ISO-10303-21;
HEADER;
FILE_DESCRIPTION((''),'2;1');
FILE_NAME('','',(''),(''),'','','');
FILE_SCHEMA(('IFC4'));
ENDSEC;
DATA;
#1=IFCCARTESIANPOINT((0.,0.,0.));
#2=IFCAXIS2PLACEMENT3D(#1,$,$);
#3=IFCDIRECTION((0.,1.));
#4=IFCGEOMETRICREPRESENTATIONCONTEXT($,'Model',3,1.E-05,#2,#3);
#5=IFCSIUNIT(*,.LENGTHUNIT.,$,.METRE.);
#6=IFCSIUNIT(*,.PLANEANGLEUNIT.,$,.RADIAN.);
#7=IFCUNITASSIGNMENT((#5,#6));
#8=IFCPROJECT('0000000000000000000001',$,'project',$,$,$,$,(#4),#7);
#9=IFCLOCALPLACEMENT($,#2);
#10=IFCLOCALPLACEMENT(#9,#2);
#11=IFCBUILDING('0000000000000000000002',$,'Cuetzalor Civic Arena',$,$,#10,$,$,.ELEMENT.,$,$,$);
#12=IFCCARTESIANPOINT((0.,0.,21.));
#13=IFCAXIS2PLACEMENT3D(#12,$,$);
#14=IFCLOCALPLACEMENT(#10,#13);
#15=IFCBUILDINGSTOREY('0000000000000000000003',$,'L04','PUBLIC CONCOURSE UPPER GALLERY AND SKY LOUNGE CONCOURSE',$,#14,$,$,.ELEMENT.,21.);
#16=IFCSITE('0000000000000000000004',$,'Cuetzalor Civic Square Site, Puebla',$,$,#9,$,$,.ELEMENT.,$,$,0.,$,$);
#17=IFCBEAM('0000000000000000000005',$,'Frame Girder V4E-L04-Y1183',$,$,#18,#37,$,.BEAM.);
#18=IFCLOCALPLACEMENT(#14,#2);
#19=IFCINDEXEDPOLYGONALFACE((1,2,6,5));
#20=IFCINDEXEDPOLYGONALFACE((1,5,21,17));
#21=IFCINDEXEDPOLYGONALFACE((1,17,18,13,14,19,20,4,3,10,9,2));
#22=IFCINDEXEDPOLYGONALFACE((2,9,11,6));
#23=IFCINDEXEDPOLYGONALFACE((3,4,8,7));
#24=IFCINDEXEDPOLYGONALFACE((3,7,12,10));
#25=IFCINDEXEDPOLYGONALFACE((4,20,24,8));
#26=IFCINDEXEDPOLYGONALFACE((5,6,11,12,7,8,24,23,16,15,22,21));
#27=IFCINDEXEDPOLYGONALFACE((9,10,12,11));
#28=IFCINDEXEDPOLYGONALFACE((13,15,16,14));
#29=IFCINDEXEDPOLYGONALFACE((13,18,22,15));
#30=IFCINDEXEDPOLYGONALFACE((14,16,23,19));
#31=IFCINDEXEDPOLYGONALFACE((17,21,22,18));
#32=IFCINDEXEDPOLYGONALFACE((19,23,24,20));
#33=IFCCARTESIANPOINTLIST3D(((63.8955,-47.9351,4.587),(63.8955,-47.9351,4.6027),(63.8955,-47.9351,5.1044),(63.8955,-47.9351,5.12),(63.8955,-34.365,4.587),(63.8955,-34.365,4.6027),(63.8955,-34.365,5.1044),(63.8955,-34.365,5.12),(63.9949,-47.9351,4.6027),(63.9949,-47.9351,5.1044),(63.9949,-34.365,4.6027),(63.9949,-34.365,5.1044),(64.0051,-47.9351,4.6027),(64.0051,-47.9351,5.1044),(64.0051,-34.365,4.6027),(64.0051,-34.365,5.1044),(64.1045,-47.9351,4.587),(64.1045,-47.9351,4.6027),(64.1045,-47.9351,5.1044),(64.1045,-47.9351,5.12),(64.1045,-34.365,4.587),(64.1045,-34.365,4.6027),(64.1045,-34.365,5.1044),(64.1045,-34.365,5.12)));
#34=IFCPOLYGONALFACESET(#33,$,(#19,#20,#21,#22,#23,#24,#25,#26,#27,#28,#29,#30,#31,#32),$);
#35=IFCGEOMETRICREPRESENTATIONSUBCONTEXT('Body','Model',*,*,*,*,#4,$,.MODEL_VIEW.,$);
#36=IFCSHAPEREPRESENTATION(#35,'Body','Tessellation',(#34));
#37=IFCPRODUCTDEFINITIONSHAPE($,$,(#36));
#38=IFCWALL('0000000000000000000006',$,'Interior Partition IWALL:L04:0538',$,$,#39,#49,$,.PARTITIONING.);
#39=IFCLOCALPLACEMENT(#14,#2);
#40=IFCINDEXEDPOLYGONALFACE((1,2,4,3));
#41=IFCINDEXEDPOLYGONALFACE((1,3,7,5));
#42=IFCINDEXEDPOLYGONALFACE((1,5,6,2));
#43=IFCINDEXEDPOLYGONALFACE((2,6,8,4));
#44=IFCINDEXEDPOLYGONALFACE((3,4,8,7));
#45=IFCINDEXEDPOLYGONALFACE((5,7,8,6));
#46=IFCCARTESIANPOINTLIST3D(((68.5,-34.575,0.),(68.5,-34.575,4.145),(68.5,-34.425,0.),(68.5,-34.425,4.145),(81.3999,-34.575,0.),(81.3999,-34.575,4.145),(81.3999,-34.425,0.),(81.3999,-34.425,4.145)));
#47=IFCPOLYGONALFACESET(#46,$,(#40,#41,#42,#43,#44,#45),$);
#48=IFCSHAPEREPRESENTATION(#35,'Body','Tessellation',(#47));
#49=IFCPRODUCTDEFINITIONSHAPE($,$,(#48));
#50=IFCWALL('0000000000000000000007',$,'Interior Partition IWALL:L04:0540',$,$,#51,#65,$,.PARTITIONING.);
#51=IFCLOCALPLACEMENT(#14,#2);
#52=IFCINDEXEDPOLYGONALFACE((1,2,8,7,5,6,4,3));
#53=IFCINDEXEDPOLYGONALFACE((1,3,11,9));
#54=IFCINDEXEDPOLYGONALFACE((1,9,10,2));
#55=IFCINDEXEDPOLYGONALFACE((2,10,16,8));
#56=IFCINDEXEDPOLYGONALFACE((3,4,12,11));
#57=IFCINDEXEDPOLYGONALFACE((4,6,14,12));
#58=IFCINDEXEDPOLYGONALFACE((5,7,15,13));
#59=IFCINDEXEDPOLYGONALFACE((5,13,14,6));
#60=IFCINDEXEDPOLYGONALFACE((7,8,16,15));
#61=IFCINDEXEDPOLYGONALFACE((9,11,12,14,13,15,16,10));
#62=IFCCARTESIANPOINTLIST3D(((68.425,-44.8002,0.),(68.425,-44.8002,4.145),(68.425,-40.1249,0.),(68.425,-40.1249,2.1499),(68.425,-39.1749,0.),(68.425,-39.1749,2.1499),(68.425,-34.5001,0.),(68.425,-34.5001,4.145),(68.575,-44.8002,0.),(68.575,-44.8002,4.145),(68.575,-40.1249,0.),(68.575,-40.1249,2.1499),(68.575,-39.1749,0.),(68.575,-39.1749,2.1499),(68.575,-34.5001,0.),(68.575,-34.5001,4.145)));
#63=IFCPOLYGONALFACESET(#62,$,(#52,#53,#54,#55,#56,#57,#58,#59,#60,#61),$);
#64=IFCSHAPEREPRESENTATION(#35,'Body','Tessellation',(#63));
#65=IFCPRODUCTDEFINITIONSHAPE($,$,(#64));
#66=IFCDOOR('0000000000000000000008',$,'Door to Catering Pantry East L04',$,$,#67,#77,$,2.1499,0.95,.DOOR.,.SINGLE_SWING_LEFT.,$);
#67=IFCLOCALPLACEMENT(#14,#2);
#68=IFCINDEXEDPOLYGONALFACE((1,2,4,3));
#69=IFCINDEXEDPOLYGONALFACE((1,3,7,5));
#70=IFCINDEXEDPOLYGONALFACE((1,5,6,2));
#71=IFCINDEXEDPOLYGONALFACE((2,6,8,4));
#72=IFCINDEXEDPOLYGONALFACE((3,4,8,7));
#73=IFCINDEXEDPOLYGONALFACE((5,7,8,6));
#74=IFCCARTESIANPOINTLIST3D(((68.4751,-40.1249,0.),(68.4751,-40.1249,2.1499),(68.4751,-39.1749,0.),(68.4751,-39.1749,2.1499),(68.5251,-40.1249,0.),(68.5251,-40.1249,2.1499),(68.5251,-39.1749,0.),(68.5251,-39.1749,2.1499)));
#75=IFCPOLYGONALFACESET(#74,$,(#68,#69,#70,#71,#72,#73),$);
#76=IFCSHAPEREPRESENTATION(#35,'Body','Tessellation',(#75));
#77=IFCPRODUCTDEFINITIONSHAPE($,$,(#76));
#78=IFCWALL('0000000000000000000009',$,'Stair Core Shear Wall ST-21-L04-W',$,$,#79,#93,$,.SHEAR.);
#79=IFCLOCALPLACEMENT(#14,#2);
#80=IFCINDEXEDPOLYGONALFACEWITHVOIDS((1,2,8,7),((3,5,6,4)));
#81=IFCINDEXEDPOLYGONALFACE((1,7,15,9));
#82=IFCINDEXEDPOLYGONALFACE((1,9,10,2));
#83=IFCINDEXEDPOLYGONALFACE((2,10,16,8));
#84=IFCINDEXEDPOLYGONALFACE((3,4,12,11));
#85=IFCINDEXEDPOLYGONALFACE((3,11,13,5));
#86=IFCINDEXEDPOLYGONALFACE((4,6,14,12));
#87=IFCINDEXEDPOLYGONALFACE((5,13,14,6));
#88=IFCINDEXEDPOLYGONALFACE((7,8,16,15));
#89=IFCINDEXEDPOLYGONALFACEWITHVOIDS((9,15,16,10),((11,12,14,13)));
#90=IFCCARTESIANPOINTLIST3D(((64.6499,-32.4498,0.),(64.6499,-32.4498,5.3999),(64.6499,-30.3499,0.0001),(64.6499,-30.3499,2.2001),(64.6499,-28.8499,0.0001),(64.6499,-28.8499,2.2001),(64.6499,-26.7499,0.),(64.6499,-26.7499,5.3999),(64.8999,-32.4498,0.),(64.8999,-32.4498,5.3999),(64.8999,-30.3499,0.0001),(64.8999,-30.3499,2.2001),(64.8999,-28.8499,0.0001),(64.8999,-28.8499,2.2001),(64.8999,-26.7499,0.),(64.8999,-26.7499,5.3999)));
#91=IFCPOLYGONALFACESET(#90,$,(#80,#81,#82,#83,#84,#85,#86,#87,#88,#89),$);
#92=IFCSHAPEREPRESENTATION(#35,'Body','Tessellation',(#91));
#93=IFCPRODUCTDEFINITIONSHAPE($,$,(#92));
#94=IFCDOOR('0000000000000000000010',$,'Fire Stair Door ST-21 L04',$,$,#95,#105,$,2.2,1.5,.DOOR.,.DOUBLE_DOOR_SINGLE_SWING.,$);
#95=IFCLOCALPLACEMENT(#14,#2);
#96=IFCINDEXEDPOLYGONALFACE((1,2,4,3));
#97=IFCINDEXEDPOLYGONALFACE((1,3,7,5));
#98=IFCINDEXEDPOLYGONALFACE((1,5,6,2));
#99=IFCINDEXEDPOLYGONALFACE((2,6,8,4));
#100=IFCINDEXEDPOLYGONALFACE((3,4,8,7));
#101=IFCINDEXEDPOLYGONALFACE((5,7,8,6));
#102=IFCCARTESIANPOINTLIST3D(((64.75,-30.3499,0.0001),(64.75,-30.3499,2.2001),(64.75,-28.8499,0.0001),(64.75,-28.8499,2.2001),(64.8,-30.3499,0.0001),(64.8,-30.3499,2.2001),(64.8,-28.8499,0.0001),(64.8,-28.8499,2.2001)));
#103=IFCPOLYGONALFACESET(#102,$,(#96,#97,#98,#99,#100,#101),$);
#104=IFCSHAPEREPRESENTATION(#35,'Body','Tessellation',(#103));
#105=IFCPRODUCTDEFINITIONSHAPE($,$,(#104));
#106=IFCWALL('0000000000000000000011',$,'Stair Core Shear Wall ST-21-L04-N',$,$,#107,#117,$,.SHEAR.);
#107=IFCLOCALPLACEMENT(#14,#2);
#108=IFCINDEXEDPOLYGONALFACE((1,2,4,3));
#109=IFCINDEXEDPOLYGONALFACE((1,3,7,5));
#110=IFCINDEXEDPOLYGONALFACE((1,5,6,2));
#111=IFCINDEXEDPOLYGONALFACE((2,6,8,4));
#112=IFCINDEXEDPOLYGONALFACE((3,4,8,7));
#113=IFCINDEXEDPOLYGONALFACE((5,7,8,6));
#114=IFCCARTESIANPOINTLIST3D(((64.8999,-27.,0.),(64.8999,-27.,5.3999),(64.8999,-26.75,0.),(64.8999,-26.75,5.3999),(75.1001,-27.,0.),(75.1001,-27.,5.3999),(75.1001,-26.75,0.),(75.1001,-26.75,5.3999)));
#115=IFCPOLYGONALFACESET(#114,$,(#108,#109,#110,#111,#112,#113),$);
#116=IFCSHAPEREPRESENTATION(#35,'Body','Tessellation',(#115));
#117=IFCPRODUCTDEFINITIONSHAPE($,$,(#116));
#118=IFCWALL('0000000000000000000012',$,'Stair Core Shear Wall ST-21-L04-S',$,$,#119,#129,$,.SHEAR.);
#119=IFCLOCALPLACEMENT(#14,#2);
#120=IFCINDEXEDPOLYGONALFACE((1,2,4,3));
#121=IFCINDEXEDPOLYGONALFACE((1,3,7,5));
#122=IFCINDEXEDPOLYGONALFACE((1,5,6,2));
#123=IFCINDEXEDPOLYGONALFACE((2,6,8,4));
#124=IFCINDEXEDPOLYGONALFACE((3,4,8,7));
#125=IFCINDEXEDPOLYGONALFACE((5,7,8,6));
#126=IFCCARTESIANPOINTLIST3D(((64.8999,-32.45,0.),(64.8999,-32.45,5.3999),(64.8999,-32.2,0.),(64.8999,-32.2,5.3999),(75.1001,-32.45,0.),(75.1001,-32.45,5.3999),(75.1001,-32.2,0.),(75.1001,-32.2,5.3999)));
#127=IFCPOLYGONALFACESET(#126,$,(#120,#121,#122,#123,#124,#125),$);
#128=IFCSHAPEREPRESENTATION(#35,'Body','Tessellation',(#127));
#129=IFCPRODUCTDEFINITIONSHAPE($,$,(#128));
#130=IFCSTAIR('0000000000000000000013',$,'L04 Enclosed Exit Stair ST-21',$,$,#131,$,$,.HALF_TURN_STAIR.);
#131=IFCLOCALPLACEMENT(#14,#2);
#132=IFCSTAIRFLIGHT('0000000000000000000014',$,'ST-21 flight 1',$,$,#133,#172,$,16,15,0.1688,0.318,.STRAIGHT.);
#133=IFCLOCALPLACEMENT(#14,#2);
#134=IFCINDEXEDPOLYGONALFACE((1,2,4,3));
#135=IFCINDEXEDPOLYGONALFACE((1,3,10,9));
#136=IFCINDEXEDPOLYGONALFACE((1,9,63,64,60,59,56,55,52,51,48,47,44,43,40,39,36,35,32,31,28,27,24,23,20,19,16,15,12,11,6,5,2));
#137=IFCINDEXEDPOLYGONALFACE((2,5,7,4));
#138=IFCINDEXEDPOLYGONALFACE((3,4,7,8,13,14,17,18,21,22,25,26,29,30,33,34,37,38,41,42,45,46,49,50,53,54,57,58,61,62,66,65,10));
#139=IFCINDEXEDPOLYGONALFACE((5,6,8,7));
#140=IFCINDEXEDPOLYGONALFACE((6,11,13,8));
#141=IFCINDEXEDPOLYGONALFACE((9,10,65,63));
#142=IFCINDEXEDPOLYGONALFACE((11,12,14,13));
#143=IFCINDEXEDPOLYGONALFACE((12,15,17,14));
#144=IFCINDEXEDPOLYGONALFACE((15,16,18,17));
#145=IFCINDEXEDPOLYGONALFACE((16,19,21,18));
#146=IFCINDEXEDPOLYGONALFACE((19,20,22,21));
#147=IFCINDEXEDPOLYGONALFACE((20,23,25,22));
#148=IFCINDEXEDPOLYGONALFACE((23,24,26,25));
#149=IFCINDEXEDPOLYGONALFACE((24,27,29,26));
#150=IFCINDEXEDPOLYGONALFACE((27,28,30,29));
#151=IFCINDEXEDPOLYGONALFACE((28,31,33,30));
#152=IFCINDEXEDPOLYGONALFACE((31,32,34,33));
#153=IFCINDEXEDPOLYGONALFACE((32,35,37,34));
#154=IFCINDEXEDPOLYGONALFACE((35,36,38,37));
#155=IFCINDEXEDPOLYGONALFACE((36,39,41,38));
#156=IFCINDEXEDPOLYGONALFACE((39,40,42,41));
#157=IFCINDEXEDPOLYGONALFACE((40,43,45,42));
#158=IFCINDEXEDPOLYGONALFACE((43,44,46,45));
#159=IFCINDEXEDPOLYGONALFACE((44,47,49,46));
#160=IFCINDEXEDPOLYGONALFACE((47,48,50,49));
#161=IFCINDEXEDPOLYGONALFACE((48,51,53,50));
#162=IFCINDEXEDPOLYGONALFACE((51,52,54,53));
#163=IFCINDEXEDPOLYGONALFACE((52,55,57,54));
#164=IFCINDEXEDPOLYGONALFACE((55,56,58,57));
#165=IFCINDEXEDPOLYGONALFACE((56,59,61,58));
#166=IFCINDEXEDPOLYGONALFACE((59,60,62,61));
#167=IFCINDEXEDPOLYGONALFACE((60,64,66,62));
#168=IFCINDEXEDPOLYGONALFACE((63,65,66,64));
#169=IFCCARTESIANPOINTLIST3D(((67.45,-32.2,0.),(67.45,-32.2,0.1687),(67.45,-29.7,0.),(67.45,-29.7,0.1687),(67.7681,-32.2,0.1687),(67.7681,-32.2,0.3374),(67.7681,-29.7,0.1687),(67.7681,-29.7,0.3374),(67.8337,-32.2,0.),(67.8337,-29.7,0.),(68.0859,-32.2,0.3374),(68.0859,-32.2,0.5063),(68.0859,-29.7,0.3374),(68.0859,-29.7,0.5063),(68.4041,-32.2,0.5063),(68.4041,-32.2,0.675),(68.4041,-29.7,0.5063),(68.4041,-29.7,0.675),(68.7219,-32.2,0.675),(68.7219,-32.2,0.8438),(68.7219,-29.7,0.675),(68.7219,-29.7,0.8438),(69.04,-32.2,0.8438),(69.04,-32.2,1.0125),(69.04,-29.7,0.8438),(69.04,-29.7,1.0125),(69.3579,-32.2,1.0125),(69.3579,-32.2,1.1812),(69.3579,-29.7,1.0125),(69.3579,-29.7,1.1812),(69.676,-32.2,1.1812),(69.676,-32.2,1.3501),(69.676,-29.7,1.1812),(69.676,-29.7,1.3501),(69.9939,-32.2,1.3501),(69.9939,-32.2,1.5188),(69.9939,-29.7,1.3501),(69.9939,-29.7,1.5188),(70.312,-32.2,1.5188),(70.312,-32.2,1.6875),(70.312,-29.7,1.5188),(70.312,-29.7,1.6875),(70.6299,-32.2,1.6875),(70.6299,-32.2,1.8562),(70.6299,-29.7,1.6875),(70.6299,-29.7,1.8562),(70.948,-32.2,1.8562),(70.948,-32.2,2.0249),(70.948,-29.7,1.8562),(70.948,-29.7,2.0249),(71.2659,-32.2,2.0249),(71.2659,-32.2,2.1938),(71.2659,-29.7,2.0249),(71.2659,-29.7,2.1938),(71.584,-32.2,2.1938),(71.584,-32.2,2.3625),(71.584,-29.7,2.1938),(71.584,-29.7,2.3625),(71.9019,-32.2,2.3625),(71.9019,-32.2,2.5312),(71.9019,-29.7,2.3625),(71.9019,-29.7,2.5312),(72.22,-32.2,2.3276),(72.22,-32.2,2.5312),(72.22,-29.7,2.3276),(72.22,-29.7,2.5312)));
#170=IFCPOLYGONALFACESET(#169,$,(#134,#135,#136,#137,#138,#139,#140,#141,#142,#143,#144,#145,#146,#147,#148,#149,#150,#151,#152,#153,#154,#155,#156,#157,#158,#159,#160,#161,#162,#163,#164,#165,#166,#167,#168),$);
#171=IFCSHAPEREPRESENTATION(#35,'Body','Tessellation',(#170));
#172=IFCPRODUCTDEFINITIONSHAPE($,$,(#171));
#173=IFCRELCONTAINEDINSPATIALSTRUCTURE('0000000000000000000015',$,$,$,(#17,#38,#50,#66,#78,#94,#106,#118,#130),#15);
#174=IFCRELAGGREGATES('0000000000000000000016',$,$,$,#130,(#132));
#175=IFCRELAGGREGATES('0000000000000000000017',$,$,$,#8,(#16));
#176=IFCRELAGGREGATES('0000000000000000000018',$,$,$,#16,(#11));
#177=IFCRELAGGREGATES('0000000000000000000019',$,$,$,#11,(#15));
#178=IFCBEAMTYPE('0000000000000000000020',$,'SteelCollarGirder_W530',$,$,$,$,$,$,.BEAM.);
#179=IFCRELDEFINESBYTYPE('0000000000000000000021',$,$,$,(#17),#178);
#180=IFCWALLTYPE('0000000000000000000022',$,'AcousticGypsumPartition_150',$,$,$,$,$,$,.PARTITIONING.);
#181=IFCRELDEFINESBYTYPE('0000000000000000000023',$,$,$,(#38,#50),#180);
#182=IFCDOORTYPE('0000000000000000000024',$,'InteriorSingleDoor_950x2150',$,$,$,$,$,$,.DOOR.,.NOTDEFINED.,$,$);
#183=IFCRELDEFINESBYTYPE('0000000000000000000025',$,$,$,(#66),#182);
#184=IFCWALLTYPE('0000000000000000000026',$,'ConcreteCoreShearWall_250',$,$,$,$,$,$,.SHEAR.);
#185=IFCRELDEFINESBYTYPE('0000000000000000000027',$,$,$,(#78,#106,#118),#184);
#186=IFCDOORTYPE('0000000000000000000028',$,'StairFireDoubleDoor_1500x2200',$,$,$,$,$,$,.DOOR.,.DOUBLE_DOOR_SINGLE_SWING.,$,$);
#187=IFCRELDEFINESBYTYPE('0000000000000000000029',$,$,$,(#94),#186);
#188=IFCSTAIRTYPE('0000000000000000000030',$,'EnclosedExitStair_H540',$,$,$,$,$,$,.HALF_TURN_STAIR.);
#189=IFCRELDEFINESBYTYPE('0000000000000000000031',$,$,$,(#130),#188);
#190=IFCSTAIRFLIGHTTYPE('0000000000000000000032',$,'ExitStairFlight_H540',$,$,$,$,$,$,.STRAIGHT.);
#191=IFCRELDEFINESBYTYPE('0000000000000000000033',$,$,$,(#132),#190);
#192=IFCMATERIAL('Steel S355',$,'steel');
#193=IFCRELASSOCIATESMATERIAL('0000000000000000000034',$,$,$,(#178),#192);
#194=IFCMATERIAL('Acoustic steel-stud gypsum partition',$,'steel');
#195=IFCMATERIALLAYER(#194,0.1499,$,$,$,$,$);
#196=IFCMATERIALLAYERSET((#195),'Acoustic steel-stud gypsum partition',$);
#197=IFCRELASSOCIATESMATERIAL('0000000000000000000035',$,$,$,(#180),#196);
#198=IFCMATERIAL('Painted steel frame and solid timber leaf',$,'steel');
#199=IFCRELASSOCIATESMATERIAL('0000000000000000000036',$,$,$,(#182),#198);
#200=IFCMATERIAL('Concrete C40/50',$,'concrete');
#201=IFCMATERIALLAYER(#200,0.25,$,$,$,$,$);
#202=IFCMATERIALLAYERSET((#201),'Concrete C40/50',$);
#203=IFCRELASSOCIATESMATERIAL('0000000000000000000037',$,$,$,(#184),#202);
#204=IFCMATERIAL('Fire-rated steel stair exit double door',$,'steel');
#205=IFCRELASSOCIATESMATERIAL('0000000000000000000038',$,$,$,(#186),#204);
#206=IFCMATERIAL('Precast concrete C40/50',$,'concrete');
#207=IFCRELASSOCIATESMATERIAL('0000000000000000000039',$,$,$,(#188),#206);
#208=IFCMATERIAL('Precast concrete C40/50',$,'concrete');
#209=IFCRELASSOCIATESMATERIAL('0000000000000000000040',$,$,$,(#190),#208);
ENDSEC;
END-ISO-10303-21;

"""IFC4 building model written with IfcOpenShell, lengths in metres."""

from ifc_helpers import new_model, si_unit, direction, frame, frame_2d, origin, origin_2d, place, context, subcontext, project, spatial, polyline, rectangle, i_section, outline, extrude, material, layer, layer_set, material_profile, profile_set, type_object, element, fill, aggregate, save


model = new_model("IFC4")

# Units and contexts
model_context = context("Model", 3, precision=1e-05, world=origin(), true_north=direction((0.0, 1.0)))
body_context = subcontext(model_context, "Body", "Model", "MODEL_VIEW")
ifc_project = project(units=[si_unit("LENGTHUNIT", "METRE"), si_unit("PLANEANGLEUNIT", "RADIAN")], contexts=[model_context])

# Site, building, storey
site_placement = place(None, origin())
site = spatial("IfcSite", under=ifc_project, at=site_placement, Name="Cuetzalor Civic Square Site, Puebla", CompositionType="ELEMENT", RefElevation=0.0)
building_placement = place(site_placement, origin())
building = spatial("IfcBuilding", under=site, at=building_placement, Name="Cuetzalor Civic Arena", CompositionType="ELEMENT")
storey_placement = place(building_placement, frame((0.0, 0.0, 21.0)))
storey = spatial("IfcBuildingStorey", under=building, at=storey_placement, Name="L04", Description="PUBLIC CONCOURSE UPPER GALLERY AND SKY LOUNGE CONCOURSE", CompositionType="ELEMENT", Elevation=21.0)

# Beam
ifc_material_1 = material(Name="Steel S355", Category="steel")
ifc_material_profile_1 = material_profile(ifc_material_1, i_section(OverallWidth=0.209, OverallDepth=0.533, WebThickness=0.0103, FlangeThickness=0.0156, at=origin_2d()), Name="W530x92")
ifc_profile_set_1 = profile_set([ifc_material_profile_1], Name="Steel S355")
beam_type_1 = type_object("IfcBeamType", Name="SteelCollarGirder_W530", PredefinedType="BEAM", material=ifc_profile_set_1)
beam_1_placement = place(storey_placement, frame((64.0, -47.9351, 4.8535), z_axis=(0.0, 1.0, 0.0), x_axis=(-1.0, 0.0, 0.0)))
element("IfcBeam", 1, at=beam_1_placement, inside=storey, type_object=beam_type_1, Name="Frame Girder V4E-L04-Y1183", PredefinedType="BEAM", context=body_context, shape_type="SweptSolid", body=[
    extrude(i_section(OverallWidth=0.209, OverallDepth=0.533, WebThickness=0.0103, FlangeThickness=0.0156, at=origin_2d()), origin(), (0.0, 0.0, 1.0), 13.5701),
])

# Wall
ifc_material_2 = material(Name="Acoustic steel-stud gypsum partition", Category="steel")
ifc_layer_1 = layer(ifc_material_2, 0.1499)
ifc_layer_set_1 = layer_set([ifc_layer_1], Name="Acoustic steel-stud gypsum partition")
wall_type_1 = type_object("IfcWallType", Name="AcousticGypsumPartition_150", PredefinedType="PARTITIONING", material=ifc_layer_set_1)
wall_1_placement = place(storey_placement, frame((68.5, -34.5, 0.0), z_axis=(0.0, 0.0, 1.0), x_axis=(1.0, 0.0, 0.0)))
element("IfcWall", 2, at=wall_1_placement, inside=storey, type_object=wall_type_1, Name="Interior Partition IWALL:L04:0538", PredefinedType="PARTITIONING", context=body_context, shape_type="SweptSolid", body=[
    extrude(rectangle(XDim=12.8999, YDim=0.1499, at=frame_2d((6.45, 0.0))), origin(), (0.0, 0.0, 1.0), 4.145),
])

# Walls, openings, doors
wall_2_placement = place(storey_placement, frame((68.5, -44.8, 0.0), z_axis=(0.0, 0.0, 1.0), x_axis=(0.0, 1.0, 0.0)))
wall_2 = element("IfcWall", 3, at=wall_2_placement, inside=storey, type_object=wall_type_1, Name="Interior Partition IWALL:L04:0540", PredefinedType="PARTITIONING", context=body_context, shape_type="SweptSolid", body=[
    extrude(rectangle(XDim=10.3, YDim=0.1499, at=frame_2d((5.1499, 0.0))), origin(), (0.0, 0.0, 1.0), 4.145),
])
opening_1_placement = place(wall_2_placement, frame((4.675, 0.0, 0.0)))
opening_1 = element("IfcOpeningElement", 4, at=opening_1_placement, cuts=wall_2, PredefinedType="OPENING", context=body_context, shape_type="SweptSolid", body=[
    extrude(rectangle(XDim=0.95, YDim=2.1499, at=frame_2d((0.4751, 1.075))), frame((0.0, 0.085, 0.0), z_axis=(0.0, -1.0, 0.0), x_axis=(1.0, 0.0, 0.0)), (0.0, 0.0, 1.0), 0.1699),
])
ifc_material_3 = material(Name="Painted steel frame and solid timber leaf", Category="steel")
door_type_1 = type_object("IfcDoorType", Name="InteriorSingleDoor_950x2150", OperationType="NOTDEFINED", PredefinedType="DOOR", material=ifc_material_3)
door_1_placement = place(opening_1_placement, origin())
door_1 = element("IfcDoor", 5, at=door_1_placement, inside=storey, type_object=door_type_1, Name="Door to Catering Pantry East L04", OperationType="SINGLE_SWING_LEFT", OverallHeight=2.1499, OverallWidth=0.95, PredefinedType="DOOR", context=body_context, shape_type="SweptSolid", body=[
    extrude(rectangle(XDim=0.95, YDim=2.1499, at=frame_2d((0.4751, 1.075))), frame((0.0, 0.0249, 0.0), z_axis=(0.0, -1.0, 0.0), x_axis=(1.0, 0.0, 0.0)), (0.0, 0.0, 1.0), 0.05),
])
fill(opening_1, door_1)
ifc_material_4 = material(Name="Concrete C40/50", Category="concrete")
ifc_layer_2 = layer(ifc_material_4, 0.25)
ifc_layer_set_2 = layer_set([ifc_layer_2], Name="Concrete C40/50")
wall_type_2 = type_object("IfcWallType", Name="ConcreteCoreShearWall_250", PredefinedType="SHEAR", material=ifc_layer_set_2)
wall_3_placement = place(storey_placement, frame((64.7749, -32.45, 0.0), z_axis=(0.0, 0.0, 1.0), x_axis=(0.0, 1.0, 0.0)))
wall_3 = element("IfcWall", 6, at=wall_3_placement, inside=storey, type_object=wall_type_2, Name="Stair Core Shear Wall ST-21-L04-W", PredefinedType="SHEAR", context=body_context, shape_type="SweptSolid", body=[
    extrude(rectangle(XDim=5.7, YDim=0.25, at=frame_2d((2.8501, 0.0))), origin(), (0.0, 0.0, 1.0), 5.3999),
])
opening_2_placement = place(wall_3_placement, frame((2.1001, 0.0, 0.0)))
opening_2 = element("IfcOpeningElement", 7, at=opening_2_placement, cuts=wall_3, PredefinedType="OPENING", context=body_context, shape_type="SweptSolid", body=[
    extrude(rectangle(XDim=1.5, YDim=2.2, at=frame_2d((0.75, 1.1001))), frame((0.0, 0.135, 0.0), z_axis=(0.0, -1.0, 0.0), x_axis=(1.0, 0.0, 0.0)), (0.0, 0.0, 1.0), 0.27),
])
ifc_material_5 = material(Name="Fire-rated steel stair exit double door", Category="steel")
door_type_2 = type_object("IfcDoorType", Name="StairFireDoubleDoor_1500x2200", OperationType="DOUBLE_DOOR_SINGLE_SWING", PredefinedType="DOOR", material=ifc_material_5)
door_2_placement = place(opening_2_placement, origin())
door_2 = element("IfcDoor", 8, at=door_2_placement, inside=storey, type_object=door_type_2, Name="Fire Stair Door ST-21 L04", OperationType="DOUBLE_DOOR_SINGLE_SWING", OverallHeight=2.2, OverallWidth=1.5, PredefinedType="DOOR", context=body_context, shape_type="SweptSolid", body=[
    extrude(rectangle(XDim=1.5, YDim=2.2, at=frame_2d((0.75, 1.1001))), frame((0.0, 0.0249, 0.0), z_axis=(0.0, -1.0, 0.0), x_axis=(1.0, 0.0, 0.0)), (0.0, 0.0, 1.0), 0.05),
])
fill(opening_2, door_2)

# Walls
for number, where, z_axis, x_axis, name in (
    (9, (64.8999, -26.875, 0.0), (0.0, 0.0, 1.0), (1.0, 0.0, 0.0), "Stair Core Shear Wall ST-21-L04-N"),
    (10, (75.1001, -32.325, 0.0), (0.0, 0.0, 1.0), (-1.0, 0.0, 0.0), "Stair Core Shear Wall ST-21-L04-S"),
):
    element("IfcWall", number, at=place(storey_placement, frame(where, z_axis=z_axis, x_axis=x_axis)), inside=storey, type_object=wall_type_2, Name=name, PredefinedType="SHEAR", context=body_context, shape_type="SweptSolid", body=[
        extrude(rectangle(XDim=10.2002, YDim=0.25, at=frame_2d((5.1001, 0.0))), origin(), (0.0, 0.0, 1.0), 5.3999),
    ])

# Stair, stair flight
ifc_material_6 = material(Name="Precast concrete C40/50", Category="concrete")
stair_type = type_object("IfcStairType", Name="EnclosedExitStair_H540", PredefinedType="HALF_TURN_STAIR", material=ifc_material_6)
stair_placement = place(storey_placement, origin())
stair = element("IfcStair", 11, at=stair_placement, inside=storey, type_object=stair_type, Name="L04 Enclosed Exit Stair ST-21", PredefinedType="HALF_TURN_STAIR")
ifc_material_7 = material(Name="Precast concrete C40/50", Category="concrete")
stair_flight_type = type_object("IfcStairFlightType", Name="ExitStairFlight_H540", PredefinedType="STRAIGHT", material=ifc_material_7)
stair_flight_1_placement = place(storey_placement, frame((67.45, -30.95, 0.0), z_axis=(0.0, 0.0, 1.0), x_axis=(1.0, 0.0, 0.0)))
stair_flight_1 = element("IfcStairFlight", 12, at=stair_flight_1_placement, type_object=stair_flight_type, Name="ST-21 flight 1", NumberOfRisers=16, NumberOfTreads=15, PredefinedType="STRAIGHT", RiserHeight=0.1688, TreadLength=0.318, context=body_context, shape_type="SweptSolid", body=[
    extrude(outline(polyline([(0.0, 0.0), (0.0, 0.1687), (0.3181, 0.1687), (0.3181, 0.3374), (0.636, 0.3374), (0.636, 0.5063), (0.9541, 0.5063), (0.9541, 0.675), (1.272, 0.675), (1.272, 0.8438), (1.5901, 0.8438), (1.5901, 1.0125), (1.908, 1.0125), (1.908, 1.1812), (2.2261, 1.1812), (2.2261, 1.3501), (2.5439, 1.3501), (2.5439, 1.5188), (2.8621, 1.5188), (2.8621, 1.6875), (3.1799, 1.6875), (3.1799, 1.8562), (3.498, 1.8562), (3.498, 2.0249), (3.8159, 2.0249), (3.8159, 2.1938), (4.134, 2.1938), (4.134, 2.3625), (4.4519, 2.3625), (4.4519, 2.5312), (4.77, 2.5312), (4.77, 2.7), (4.77, 2.3276), (0.3838, 0.0), (0.0, 0.0)])), frame((0.0, 1.25, 0.0), z_axis=(0.0, -1.0, 0.0), x_axis=(1.0, 0.0, 0.0)), (0.0, 0.0, 1.0), 2.5),
])
aggregate(stair, [stair_flight_1])

save(model, "model.ifc")
